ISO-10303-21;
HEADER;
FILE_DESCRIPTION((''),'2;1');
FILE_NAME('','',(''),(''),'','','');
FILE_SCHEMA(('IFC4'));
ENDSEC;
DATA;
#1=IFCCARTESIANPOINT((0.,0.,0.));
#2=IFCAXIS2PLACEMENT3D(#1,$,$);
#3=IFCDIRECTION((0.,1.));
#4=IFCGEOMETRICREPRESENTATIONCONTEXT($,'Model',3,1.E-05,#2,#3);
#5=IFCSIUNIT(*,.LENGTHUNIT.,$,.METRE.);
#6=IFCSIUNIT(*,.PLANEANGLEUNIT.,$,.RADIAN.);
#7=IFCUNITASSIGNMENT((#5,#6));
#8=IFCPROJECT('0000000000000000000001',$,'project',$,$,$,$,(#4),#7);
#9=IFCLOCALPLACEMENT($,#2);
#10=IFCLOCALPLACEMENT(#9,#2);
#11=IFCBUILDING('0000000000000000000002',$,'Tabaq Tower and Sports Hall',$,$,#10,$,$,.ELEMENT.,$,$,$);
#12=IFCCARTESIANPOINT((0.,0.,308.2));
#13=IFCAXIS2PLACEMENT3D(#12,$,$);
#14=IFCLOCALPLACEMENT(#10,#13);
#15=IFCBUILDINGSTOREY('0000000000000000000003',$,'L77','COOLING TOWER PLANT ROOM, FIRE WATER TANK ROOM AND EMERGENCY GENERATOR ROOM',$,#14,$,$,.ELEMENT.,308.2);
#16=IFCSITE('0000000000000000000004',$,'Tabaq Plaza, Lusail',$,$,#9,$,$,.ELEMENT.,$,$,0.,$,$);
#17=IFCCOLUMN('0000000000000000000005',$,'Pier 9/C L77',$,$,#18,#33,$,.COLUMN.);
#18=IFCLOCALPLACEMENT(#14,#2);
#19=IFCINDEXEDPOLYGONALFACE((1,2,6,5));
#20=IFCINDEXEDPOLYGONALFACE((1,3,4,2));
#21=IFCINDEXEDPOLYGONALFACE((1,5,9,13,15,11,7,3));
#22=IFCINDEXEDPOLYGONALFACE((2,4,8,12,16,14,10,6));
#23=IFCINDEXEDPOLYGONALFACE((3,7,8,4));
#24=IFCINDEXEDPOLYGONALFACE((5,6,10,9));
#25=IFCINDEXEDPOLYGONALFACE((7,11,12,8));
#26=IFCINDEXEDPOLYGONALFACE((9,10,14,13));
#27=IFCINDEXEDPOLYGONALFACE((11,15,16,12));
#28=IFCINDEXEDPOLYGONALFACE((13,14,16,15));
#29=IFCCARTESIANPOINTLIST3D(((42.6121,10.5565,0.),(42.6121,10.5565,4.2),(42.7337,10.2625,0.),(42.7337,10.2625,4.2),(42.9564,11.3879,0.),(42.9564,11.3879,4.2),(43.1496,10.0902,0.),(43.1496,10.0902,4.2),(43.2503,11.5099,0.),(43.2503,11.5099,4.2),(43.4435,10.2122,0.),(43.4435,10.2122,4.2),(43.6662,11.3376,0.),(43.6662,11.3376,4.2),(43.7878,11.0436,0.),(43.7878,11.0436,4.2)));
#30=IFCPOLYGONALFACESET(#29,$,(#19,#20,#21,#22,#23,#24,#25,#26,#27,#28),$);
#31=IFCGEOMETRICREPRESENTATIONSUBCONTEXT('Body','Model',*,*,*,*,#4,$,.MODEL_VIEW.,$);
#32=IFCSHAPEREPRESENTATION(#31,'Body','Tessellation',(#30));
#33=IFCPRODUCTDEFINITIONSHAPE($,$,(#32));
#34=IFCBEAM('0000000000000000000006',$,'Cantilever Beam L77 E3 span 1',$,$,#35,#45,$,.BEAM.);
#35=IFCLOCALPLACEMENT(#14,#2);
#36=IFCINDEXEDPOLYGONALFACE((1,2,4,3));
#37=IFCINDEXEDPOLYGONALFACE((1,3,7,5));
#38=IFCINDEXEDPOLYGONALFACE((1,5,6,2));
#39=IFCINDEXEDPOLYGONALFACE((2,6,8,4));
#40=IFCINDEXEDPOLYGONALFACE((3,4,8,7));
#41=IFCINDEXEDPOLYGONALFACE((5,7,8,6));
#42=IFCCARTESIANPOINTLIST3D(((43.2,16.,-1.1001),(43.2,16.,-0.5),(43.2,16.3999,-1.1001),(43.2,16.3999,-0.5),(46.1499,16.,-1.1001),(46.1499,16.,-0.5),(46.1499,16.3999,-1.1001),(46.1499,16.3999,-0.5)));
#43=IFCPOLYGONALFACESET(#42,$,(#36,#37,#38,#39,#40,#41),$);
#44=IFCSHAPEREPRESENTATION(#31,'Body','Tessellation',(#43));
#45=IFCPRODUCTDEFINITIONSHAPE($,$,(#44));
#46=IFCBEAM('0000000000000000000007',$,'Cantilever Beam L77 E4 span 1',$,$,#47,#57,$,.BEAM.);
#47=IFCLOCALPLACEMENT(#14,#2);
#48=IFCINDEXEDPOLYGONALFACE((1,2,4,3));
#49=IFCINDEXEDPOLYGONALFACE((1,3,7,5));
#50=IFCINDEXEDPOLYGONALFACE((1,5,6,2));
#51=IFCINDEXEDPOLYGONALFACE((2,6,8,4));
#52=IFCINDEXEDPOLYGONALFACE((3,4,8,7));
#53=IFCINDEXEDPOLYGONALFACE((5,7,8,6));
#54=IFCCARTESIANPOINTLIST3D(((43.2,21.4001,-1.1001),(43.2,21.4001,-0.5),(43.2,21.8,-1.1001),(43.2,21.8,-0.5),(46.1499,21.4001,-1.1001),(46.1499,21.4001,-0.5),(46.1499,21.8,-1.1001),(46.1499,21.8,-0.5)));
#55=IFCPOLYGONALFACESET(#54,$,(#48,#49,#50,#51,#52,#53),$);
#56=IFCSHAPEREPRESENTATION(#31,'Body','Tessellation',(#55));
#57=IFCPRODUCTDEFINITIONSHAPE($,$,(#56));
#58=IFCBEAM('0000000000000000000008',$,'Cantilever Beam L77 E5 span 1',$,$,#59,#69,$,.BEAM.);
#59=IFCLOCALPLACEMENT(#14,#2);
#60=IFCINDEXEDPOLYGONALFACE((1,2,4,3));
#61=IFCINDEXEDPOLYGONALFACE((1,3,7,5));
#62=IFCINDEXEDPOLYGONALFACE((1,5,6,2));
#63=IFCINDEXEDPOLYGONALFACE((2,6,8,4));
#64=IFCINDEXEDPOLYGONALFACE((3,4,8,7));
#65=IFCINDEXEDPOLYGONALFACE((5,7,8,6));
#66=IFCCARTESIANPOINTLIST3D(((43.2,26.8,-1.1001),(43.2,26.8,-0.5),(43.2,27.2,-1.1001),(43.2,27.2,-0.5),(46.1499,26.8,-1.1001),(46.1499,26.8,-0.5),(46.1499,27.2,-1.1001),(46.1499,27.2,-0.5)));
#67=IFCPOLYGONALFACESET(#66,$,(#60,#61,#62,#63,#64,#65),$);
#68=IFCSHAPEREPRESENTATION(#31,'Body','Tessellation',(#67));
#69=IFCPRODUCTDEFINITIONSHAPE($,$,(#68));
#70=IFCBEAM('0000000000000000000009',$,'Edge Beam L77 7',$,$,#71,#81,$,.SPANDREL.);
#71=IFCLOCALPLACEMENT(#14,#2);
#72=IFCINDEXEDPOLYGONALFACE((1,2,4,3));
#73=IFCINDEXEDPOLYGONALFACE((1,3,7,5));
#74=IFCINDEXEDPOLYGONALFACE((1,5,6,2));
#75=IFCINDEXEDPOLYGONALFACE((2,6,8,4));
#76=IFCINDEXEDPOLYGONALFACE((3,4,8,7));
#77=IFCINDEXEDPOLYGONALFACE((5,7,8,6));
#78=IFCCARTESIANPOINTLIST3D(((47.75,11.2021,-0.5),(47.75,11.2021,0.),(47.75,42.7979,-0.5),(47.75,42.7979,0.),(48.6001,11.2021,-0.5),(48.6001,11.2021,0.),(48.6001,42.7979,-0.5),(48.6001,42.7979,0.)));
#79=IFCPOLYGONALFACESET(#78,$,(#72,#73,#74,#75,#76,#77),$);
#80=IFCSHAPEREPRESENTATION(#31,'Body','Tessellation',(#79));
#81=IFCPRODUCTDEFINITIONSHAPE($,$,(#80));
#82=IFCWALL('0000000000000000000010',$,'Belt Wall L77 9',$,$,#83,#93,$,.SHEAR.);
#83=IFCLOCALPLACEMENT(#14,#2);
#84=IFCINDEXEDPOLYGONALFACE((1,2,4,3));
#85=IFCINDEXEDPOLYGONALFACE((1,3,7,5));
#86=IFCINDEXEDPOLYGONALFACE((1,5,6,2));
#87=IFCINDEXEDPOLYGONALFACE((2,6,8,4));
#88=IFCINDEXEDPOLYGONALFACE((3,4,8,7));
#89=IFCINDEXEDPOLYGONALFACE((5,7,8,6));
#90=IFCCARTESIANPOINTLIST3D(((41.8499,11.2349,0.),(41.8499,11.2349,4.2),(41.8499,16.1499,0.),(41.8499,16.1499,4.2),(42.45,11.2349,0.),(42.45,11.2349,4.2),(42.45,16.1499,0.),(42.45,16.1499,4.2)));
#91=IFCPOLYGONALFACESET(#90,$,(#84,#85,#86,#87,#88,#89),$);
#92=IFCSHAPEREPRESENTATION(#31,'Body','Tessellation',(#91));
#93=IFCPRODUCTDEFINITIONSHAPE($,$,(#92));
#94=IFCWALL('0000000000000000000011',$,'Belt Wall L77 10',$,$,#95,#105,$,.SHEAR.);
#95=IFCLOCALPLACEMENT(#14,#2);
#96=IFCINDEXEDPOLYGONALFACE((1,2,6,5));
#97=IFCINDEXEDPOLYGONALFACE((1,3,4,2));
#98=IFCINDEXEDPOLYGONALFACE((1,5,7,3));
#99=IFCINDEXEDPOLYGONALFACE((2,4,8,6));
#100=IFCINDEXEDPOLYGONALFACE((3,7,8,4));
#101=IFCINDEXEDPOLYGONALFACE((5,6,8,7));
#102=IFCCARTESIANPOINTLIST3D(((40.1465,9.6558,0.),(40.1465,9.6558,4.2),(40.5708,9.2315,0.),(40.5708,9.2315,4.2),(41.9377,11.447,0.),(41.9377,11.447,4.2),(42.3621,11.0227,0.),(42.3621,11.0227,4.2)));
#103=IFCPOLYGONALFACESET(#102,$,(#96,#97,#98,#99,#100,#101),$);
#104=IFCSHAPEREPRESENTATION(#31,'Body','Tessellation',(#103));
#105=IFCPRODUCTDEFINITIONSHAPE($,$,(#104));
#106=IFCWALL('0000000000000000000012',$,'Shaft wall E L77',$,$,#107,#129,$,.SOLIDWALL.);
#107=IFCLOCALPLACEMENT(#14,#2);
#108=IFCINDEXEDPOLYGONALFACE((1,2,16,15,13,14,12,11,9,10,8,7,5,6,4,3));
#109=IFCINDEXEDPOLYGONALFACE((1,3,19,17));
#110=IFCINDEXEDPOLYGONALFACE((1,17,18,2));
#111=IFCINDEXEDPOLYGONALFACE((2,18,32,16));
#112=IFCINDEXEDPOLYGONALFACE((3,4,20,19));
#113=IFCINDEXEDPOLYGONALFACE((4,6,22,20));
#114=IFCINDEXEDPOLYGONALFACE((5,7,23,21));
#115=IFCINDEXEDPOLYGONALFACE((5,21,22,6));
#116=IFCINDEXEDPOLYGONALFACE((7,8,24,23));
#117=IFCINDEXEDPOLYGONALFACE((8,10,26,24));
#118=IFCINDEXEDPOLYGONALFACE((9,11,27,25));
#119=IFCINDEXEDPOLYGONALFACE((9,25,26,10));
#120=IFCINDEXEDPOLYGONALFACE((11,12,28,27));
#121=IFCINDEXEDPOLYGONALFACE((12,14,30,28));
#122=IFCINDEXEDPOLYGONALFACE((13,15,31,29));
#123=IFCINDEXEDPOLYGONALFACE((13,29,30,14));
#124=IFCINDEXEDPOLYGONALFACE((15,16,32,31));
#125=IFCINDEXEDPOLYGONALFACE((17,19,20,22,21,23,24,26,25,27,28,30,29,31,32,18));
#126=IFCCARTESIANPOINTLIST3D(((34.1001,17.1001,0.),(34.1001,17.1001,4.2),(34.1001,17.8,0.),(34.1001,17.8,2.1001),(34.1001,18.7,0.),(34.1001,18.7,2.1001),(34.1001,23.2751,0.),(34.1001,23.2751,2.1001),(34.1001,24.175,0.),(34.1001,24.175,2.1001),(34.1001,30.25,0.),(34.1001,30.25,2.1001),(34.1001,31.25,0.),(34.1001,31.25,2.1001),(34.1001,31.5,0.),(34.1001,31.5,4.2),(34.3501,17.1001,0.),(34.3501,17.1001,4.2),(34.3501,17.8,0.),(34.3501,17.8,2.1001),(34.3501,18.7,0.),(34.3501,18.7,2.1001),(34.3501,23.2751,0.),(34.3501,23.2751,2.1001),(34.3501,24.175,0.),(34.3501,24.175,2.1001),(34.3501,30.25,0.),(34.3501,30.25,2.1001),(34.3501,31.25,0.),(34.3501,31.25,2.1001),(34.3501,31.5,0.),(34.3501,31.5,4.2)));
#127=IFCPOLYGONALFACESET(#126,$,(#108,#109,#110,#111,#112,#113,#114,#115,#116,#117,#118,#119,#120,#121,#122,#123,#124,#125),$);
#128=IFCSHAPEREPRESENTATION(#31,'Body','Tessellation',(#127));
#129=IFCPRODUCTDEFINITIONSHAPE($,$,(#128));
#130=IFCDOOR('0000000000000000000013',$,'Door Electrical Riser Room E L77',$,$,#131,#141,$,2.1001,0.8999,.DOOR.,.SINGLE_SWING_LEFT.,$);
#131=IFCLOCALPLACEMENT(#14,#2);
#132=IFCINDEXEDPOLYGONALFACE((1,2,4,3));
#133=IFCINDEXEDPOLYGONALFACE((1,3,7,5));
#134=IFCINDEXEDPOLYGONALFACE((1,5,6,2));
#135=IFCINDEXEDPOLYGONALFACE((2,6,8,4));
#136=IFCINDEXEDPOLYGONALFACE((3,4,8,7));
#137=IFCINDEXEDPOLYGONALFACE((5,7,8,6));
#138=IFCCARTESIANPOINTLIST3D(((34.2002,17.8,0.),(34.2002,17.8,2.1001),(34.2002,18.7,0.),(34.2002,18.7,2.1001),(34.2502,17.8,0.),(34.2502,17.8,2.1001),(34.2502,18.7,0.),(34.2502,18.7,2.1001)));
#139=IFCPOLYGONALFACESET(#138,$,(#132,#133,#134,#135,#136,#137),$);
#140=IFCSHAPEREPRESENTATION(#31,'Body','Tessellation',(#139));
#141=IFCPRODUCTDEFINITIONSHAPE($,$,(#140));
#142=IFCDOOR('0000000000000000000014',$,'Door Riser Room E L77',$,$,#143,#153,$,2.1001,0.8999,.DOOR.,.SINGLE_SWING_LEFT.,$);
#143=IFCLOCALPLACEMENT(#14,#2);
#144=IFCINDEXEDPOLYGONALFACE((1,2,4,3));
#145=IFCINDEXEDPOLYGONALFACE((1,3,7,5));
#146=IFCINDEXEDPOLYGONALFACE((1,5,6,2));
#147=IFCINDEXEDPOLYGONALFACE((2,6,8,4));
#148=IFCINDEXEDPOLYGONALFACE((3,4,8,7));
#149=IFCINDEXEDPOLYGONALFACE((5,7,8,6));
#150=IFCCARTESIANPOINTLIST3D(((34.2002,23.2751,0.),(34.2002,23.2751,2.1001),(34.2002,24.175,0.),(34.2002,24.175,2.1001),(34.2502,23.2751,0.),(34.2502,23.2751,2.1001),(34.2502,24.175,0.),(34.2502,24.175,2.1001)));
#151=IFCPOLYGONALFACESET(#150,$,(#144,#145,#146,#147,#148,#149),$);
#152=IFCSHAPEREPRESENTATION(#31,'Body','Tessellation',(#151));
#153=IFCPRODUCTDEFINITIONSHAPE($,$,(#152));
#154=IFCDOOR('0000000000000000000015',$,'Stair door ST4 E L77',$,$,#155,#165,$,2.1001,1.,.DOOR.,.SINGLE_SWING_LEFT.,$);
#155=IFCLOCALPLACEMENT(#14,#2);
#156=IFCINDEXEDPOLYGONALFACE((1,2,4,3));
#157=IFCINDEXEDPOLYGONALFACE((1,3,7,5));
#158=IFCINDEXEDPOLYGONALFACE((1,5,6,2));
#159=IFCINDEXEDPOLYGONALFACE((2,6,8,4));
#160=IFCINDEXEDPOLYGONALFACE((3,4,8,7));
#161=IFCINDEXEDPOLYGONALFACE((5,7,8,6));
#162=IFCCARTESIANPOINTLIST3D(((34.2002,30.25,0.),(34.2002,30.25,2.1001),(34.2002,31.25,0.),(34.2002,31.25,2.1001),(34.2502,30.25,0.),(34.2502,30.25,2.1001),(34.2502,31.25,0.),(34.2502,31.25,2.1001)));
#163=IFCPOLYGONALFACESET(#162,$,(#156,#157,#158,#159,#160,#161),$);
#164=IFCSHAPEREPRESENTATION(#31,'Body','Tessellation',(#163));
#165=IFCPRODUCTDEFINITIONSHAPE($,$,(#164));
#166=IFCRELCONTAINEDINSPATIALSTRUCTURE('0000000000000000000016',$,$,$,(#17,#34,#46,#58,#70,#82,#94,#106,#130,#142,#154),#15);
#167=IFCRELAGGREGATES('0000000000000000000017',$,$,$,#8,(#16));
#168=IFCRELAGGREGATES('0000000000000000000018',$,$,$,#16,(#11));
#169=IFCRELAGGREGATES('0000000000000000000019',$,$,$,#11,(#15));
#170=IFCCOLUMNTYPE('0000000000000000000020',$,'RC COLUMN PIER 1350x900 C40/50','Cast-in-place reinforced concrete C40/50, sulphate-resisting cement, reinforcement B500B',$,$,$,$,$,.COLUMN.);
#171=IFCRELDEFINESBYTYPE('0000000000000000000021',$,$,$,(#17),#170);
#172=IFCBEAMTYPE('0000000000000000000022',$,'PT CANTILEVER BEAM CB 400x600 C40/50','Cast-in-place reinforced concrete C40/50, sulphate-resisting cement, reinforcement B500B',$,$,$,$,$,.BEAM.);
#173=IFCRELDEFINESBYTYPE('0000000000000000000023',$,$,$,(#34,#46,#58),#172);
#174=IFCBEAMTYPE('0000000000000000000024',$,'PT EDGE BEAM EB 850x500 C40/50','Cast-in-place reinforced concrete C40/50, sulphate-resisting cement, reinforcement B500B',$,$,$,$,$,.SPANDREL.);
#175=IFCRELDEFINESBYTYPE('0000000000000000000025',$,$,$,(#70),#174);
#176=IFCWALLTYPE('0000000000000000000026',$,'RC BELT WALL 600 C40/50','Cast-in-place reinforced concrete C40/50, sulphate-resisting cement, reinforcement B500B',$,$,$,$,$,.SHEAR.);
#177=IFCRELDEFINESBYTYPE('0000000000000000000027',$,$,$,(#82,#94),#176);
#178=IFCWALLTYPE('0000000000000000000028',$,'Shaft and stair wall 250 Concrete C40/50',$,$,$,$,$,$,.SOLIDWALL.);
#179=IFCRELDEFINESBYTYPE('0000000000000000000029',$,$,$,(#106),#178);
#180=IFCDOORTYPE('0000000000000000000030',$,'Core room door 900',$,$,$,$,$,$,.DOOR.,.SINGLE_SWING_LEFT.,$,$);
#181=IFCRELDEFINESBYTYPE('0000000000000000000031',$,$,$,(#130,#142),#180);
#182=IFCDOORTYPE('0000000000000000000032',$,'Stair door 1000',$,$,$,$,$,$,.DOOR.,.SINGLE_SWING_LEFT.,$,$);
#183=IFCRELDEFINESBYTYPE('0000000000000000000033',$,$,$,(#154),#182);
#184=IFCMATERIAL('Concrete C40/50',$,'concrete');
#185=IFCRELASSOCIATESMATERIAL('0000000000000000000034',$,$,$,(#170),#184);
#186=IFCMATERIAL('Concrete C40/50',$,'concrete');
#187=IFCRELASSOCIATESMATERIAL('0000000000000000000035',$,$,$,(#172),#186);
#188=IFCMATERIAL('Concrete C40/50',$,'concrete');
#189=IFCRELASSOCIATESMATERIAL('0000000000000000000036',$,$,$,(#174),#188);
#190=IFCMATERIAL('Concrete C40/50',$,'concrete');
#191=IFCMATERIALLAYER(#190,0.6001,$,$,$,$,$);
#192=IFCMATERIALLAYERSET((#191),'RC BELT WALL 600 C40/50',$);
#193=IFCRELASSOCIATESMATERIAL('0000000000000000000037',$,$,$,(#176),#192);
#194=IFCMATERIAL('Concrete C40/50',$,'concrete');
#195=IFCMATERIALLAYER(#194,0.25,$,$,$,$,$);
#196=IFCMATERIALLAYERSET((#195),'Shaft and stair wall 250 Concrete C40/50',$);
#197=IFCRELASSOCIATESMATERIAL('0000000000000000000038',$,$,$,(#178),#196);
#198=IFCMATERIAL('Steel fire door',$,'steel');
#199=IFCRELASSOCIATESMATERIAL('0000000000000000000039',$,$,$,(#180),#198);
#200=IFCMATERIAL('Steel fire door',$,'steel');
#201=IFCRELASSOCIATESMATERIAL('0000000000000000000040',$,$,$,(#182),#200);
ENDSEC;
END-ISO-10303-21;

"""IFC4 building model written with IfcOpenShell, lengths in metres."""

from ifc_helpers import new_model, si_unit, direction, frame, frame_2d, origin, origin_2d, place, context, subcontext, project, spatial, polyline, rectangle, outline, extrude, material, layer, layer_set, material_profile, profile_set, type_object, element, fill, save


model = new_model("IFC4")

# Units and contexts
model_context = context("Model", 3, precision=1e-05, world=origin(), true_north=direction((0.0, 1.0)))
body_context = subcontext(model_context, "Body", "Model", "MODEL_VIEW")
ifc_project = project(units=[si_unit("LENGTHUNIT", "METRE"), si_unit("PLANEANGLEUNIT", "RADIAN")], contexts=[model_context])

# Site, building, storey
site_placement = place(None, origin())
site = spatial("IfcSite", under=ifc_project, at=site_placement, Name="Tabaq Plaza, Lusail", CompositionType="ELEMENT", RefElevation=0.0)
building_placement = place(site_placement, origin())
building = spatial("IfcBuilding", under=site, at=building_placement, Name="Tabaq Tower and Sports Hall", CompositionType="ELEMENT")
storey_placement = place(building_placement, frame((0.0, 0.0, 308.2)))
storey = spatial("IfcBuildingStorey", under=building, at=storey_placement, Name="L77", Description="COOLING TOWER PLANT ROOM, FIRE WATER TANK ROOM AND EMERGENCY GENERATOR ROOM", CompositionType="ELEMENT", Elevation=308.2)

# Column
ifc_material_1 = material(Name="Concrete C40/50", Category="concrete")
ifc_material_profile_1 = material_profile(ifc_material_1, outline(polyline([(-0.45, -0.45), (0.45, -0.45), (0.675, -0.2251), (0.675, 0.2251), (0.45, 0.45), (-0.45, 0.45), (-0.675, 0.2251), (-0.675, -0.2251), (-0.45, -0.45)])), Name="PIER 1350x900")
ifc_profile_set_1 = profile_set([ifc_material_profile_1], Name="Concrete C40/50")
column_type = type_object("IfcColumnType", Name="RC COLUMN PIER 1350x900 C40/50", Description="Cast-in-place reinforced concrete C40/50, sulphate-resisting cement, reinforcement B500B", PredefinedType="COLUMN", material=ifc_profile_set_1)
column_placement = place(storey_placement, frame((43.2, 10.8, 0.0), z_axis=(0.0, 0.0, 1.0), x_axis=(0.382683, 0.92388, 0.0)))
element("IfcColumn", 1, at=column_placement, inside=storey, type_object=column_type, Name="Pier 9/C L77", PredefinedType="COLUMN", context=body_context, shape_type="SweptSolid", body=[
    extrude(outline(polyline([(-0.45, -0.45), (0.45, -0.45), (0.675, -0.2251), (0.675, 0.2251), (0.45, 0.45), (-0.45, 0.45), (-0.675, 0.2251), (-0.675, -0.2251), (-0.45, -0.45)])), origin(), (0.0, 0.0, 1.0), 4.2),
])

# Beams
ifc_material_2 = material(Name="Concrete C40/50", Category="concrete")
ifc_material_profile_2 = material_profile(ifc_material_2, rectangle(XDim=0.3999, YDim=0.6001, at=origin_2d()), Name="CB 400x600")
ifc_profile_set_2 = profile_set([ifc_material_profile_2], Name="Concrete C40/50")
beam_type_1 = type_object("IfcBeamType", Name="PT CANTILEVER BEAM CB 400x600 C40/50", Description="Cast-in-place reinforced concrete C40/50, sulphate-resisting cement, reinforcement B500B", PredefinedType="BEAM", material=ifc_profile_set_2)
for number, where, z_axis, x_axis, name in (
    (2, (46.1499, 16.2, -0.8), (-1.0, 0.0, 0.0), (0.0, -1.0, 0.0), "Cantilever Beam L77 E3 span 1"),
    (3, (46.1499, 21.6001, -0.8), (-1.0, 0.0, 0.0), (0.0, -1.0, 0.0), "Cantilever Beam L77 E4 span 1"),
    (4, (46.1499, 27.0, -0.8), (-1.0, 0.0, 0.0), (0.0, -1.0, 0.0), "Cantilever Beam L77 E5 span 1"),
):
    element("IfcBeam", number, at=place(storey_placement, frame(where, z_axis=z_axis, x_axis=x_axis)), inside=storey, type_object=beam_type_1, Name=name, PredefinedType="BEAM", context=body_context, shape_type="SweptSolid", body=[
        extrude(rectangle(XDim=0.3999, YDim=0.6001, at=origin_2d()), origin(), (0.0, 0.0, 1.0), 2.95),
    ])
ifc_material_3 = material(Name="Concrete C40/50", Category="concrete")
ifc_material_profile_3 = material_profile(ifc_material_3, rectangle(XDim=0.8501, YDim=0.5, at=origin_2d()), Name="EB 850x500")
ifc_profile_set_3 = profile_set([ifc_material_profile_3], Name="Concrete C40/50")
beam_type_2 = type_object("IfcBeamType", Name="PT EDGE BEAM EB 850x500 C40/50", Description="Cast-in-place reinforced concrete C40/50, sulphate-resisting cement, reinforcement B500B", PredefinedType="SPANDREL", material=ifc_profile_set_3)
beam_placement = place(storey_placement, frame((48.175, 11.2021, -0.25), z_axis=(0.0, 1.0, 0.0), x_axis=(-1.0, 0.0, 0.0)))
element("IfcBeam", 5, at=beam_placement, inside=storey, type_object=beam_type_2, Name="Edge Beam L77 7", PredefinedType="SPANDREL", context=body_context, shape_type="SweptSolid", body=[
    extrude(rectangle(XDim=0.8501, YDim=0.5, at=origin_2d()), origin(), (0.0, 0.0, 1.0), 31.5957),
])

# Walls
ifc_material_4 = material(Name="Concrete C40/50", Category="concrete")
ifc_layer_1 = layer(ifc_material_4, 0.6001)
ifc_layer_set_1 = layer_set([ifc_layer_1], Name="RC BELT WALL 600 C40/50")
wall_type_1 = type_object("IfcWallType", Name="RC BELT WALL 600 C40/50", Description="Cast-in-place reinforced concrete C40/50, sulphate-resisting cement, reinforcement B500B", PredefinedType="SHEAR", material=ifc_layer_set_1)
wall_1_placement = place(storey_placement, frame((42.1499, 16.1499, 0.0), z_axis=(0.0, 0.0, 1.0), x_axis=(0.0, -1.0, 0.0)))
element("IfcWall", 6, at=wall_1_placement, inside=storey, type_object=wall_type_1, Name="Belt Wall L77 9", PredefinedType="SHEAR", context=body_context, shape_type="SweptSolid", body=[
    extrude(rectangle(XDim=4.915, YDim=0.6001, at=frame_2d((2.4575, 0.0))), origin(), (0.0, 0.0, 1.0), 4.2),
])
wall_2_placement = place(storey_placement, frame((42.1499, 11.2349, 0.0), z_axis=(0.0, 0.0, 1.0), x_axis=(-0.707107, -0.707107, 0.0)))
element("IfcWall", 7, at=wall_2_placement, inside=storey, type_object=wall_type_1, Name="Belt Wall L77 10", PredefinedType="SHEAR", context=body_context, shape_type="SweptSolid", body=[
    extrude(rectangle(XDim=2.5332, YDim=0.6001, at=frame_2d((1.2666, 0.0))), origin(), (0.0, 0.0, 1.0), 4.2),
])

# Wall, openings, doors
ifc_material_5 = material(Name="Concrete C40/50", Category="concrete")
ifc_layer_2 = layer(ifc_material_5, 0.25)
ifc_layer_set_2 = layer_set([ifc_layer_2], Name="Shaft and stair wall 250 Concrete C40/50")
wall_type_2 = type_object("IfcWallType", Name="Shaft and stair wall 250 Concrete C40/50", PredefinedType="SOLIDWALL", material=ifc_layer_set_2)
wall_3_placement = place(storey_placement, frame((34.2251, 17.1001, 0.0), z_axis=(0.0, 0.0, 1.0), x_axis=(0.0, 1.0, 0.0)))
wall_3 = element("IfcWall", 8, at=wall_3_placement, inside=storey, type_object=wall_type_2, Name="Shaft wall E L77", PredefinedType="SOLIDWALL", context=body_context, shape_type="SweptSolid", body=[
    extrude(rectangle(XDim=14.3999, YDim=0.25, at=frame_2d((7.2, 0.0))), origin(), (0.0, 0.0, 1.0), 4.2),
])
opening_1_placement = place(wall_3_placement, frame((13.1499, 0.0, 0.0)))
opening_1 = element("IfcOpeningElement", 9, at=opening_1_placement, cuts=wall_3, PredefinedType="OPENING", context=body_context, shape_type="SweptSolid", body=[
    extrude(rectangle(XDim=1.0, YDim=2.1001, at=frame_2d((0.5, 1.05))), frame((0.0, 0.125, 0.0), z_axis=(0.0, -1.0, 0.0), x_axis=(1.0, 0.0, 0.0)), (0.0, 0.0, 1.0), 0.25),
])
opening_2_placement = place(wall_3_placement, frame((0.7, 0.0, 0.0)))
opening_2 = element("IfcOpeningElement", 10, at=opening_2_placement, cuts=wall_3, PredefinedType="OPENING", context=body_context, shape_type="SweptSolid", body=[
    extrude(rectangle(XDim=0.8999, YDim=2.1001, at=frame_2d((0.45, 1.05))), frame((0.0, 0.125, 0.0), z_axis=(0.0, -1.0, 0.0), x_axis=(1.0, 0.0, 0.0)), (0.0, 0.0, 1.0), 0.25),
])
opening_3_placement = place(wall_3_placement, frame((6.175, 0.0, 0.0)))
opening_3 = element("IfcOpeningElement", 11, at=opening_3_placement, cuts=wall_3, PredefinedType="OPENING", context=body_context, shape_type="SweptSolid", body=[
    extrude(rectangle(XDim=0.8999, YDim=2.1001, at=frame_2d((0.45, 1.05))), frame((0.0, 0.125, 0.0), z_axis=(0.0, -1.0, 0.0), x_axis=(1.0, 0.0, 0.0)), (0.0, 0.0, 1.0), 0.25),
])
ifc_material_6 = material(Name="Steel fire door", Category="steel")
door_type_1 = type_object("IfcDoorType", Name="Core room door 900", OperationType="SINGLE_SWING_LEFT", PredefinedType="DOOR", material=ifc_material_6)
door_1_placement = place(opening_2_placement, origin())
door_1 = element("IfcDoor", 12, at=door_1_placement, inside=storey, type_object=door_type_1, Name="Door Electrical Riser Room E L77", OperationType="SINGLE_SWING_LEFT", OverallHeight=2.1001, OverallWidth=0.8999, PredefinedType="DOOR", context=body_context, shape_type="SweptSolid", body=[
    extrude(rectangle(XDim=0.8999, YDim=2.1001, at=frame_2d((0.45, 1.05))), frame((0.0, 0.0249, 0.0), z_axis=(0.0, -1.0, 0.0), x_axis=(1.0, 0.0, 0.0)), (0.0, 0.0, 1.0), 0.05),
])
fill(opening_2, door_1)
door_2_placement = place(opening_3_placement, origin())
door_2 = element("IfcDoor", 13, at=door_2_placement, inside=storey, type_object=door_type_1, Name="Door Riser Room E L77", OperationType="SINGLE_SWING_LEFT", OverallHeight=2.1001, OverallWidth=0.8999, PredefinedType="DOOR", context=body_context, shape_type="SweptSolid", body=[
    extrude(rectangle(XDim=0.8999, YDim=2.1001, at=frame_2d((0.45, 1.05))), frame((0.0, 0.0249, 0.0), z_axis=(0.0, -1.0, 0.0), x_axis=(1.0, 0.0, 0.0)), (0.0, 0.0, 1.0), 0.05),
])
fill(opening_3, door_2)
ifc_material_7 = material(Name="Steel fire door", Category="steel")
door_type_2 = type_object("IfcDoorType", Name="Stair door 1000", OperationType="SINGLE_SWING_LEFT", PredefinedType="DOOR", material=ifc_material_7)
door_3_placement = place(opening_1_placement, origin())
door_3 = element("IfcDoor", 14, at=door_3_placement, inside=storey, type_object=door_type_2, Name="Stair door ST4 E L77", OperationType="SINGLE_SWING_LEFT", OverallHeight=2.1001, OverallWidth=1.0, PredefinedType="DOOR", context=body_context, shape_type="SweptSolid", body=[
    extrude(rectangle(XDim=1.0, YDim=2.1001, at=frame_2d((0.5, 1.05))), frame((0.0, 0.0249, 0.0), z_axis=(0.0, -1.0, 0.0), x_axis=(1.0, 0.0, 0.0)), (0.0, 0.0, 1.0), 0.05),
])
fill(opening_1, door_3)

save(model, "model.ifc")
